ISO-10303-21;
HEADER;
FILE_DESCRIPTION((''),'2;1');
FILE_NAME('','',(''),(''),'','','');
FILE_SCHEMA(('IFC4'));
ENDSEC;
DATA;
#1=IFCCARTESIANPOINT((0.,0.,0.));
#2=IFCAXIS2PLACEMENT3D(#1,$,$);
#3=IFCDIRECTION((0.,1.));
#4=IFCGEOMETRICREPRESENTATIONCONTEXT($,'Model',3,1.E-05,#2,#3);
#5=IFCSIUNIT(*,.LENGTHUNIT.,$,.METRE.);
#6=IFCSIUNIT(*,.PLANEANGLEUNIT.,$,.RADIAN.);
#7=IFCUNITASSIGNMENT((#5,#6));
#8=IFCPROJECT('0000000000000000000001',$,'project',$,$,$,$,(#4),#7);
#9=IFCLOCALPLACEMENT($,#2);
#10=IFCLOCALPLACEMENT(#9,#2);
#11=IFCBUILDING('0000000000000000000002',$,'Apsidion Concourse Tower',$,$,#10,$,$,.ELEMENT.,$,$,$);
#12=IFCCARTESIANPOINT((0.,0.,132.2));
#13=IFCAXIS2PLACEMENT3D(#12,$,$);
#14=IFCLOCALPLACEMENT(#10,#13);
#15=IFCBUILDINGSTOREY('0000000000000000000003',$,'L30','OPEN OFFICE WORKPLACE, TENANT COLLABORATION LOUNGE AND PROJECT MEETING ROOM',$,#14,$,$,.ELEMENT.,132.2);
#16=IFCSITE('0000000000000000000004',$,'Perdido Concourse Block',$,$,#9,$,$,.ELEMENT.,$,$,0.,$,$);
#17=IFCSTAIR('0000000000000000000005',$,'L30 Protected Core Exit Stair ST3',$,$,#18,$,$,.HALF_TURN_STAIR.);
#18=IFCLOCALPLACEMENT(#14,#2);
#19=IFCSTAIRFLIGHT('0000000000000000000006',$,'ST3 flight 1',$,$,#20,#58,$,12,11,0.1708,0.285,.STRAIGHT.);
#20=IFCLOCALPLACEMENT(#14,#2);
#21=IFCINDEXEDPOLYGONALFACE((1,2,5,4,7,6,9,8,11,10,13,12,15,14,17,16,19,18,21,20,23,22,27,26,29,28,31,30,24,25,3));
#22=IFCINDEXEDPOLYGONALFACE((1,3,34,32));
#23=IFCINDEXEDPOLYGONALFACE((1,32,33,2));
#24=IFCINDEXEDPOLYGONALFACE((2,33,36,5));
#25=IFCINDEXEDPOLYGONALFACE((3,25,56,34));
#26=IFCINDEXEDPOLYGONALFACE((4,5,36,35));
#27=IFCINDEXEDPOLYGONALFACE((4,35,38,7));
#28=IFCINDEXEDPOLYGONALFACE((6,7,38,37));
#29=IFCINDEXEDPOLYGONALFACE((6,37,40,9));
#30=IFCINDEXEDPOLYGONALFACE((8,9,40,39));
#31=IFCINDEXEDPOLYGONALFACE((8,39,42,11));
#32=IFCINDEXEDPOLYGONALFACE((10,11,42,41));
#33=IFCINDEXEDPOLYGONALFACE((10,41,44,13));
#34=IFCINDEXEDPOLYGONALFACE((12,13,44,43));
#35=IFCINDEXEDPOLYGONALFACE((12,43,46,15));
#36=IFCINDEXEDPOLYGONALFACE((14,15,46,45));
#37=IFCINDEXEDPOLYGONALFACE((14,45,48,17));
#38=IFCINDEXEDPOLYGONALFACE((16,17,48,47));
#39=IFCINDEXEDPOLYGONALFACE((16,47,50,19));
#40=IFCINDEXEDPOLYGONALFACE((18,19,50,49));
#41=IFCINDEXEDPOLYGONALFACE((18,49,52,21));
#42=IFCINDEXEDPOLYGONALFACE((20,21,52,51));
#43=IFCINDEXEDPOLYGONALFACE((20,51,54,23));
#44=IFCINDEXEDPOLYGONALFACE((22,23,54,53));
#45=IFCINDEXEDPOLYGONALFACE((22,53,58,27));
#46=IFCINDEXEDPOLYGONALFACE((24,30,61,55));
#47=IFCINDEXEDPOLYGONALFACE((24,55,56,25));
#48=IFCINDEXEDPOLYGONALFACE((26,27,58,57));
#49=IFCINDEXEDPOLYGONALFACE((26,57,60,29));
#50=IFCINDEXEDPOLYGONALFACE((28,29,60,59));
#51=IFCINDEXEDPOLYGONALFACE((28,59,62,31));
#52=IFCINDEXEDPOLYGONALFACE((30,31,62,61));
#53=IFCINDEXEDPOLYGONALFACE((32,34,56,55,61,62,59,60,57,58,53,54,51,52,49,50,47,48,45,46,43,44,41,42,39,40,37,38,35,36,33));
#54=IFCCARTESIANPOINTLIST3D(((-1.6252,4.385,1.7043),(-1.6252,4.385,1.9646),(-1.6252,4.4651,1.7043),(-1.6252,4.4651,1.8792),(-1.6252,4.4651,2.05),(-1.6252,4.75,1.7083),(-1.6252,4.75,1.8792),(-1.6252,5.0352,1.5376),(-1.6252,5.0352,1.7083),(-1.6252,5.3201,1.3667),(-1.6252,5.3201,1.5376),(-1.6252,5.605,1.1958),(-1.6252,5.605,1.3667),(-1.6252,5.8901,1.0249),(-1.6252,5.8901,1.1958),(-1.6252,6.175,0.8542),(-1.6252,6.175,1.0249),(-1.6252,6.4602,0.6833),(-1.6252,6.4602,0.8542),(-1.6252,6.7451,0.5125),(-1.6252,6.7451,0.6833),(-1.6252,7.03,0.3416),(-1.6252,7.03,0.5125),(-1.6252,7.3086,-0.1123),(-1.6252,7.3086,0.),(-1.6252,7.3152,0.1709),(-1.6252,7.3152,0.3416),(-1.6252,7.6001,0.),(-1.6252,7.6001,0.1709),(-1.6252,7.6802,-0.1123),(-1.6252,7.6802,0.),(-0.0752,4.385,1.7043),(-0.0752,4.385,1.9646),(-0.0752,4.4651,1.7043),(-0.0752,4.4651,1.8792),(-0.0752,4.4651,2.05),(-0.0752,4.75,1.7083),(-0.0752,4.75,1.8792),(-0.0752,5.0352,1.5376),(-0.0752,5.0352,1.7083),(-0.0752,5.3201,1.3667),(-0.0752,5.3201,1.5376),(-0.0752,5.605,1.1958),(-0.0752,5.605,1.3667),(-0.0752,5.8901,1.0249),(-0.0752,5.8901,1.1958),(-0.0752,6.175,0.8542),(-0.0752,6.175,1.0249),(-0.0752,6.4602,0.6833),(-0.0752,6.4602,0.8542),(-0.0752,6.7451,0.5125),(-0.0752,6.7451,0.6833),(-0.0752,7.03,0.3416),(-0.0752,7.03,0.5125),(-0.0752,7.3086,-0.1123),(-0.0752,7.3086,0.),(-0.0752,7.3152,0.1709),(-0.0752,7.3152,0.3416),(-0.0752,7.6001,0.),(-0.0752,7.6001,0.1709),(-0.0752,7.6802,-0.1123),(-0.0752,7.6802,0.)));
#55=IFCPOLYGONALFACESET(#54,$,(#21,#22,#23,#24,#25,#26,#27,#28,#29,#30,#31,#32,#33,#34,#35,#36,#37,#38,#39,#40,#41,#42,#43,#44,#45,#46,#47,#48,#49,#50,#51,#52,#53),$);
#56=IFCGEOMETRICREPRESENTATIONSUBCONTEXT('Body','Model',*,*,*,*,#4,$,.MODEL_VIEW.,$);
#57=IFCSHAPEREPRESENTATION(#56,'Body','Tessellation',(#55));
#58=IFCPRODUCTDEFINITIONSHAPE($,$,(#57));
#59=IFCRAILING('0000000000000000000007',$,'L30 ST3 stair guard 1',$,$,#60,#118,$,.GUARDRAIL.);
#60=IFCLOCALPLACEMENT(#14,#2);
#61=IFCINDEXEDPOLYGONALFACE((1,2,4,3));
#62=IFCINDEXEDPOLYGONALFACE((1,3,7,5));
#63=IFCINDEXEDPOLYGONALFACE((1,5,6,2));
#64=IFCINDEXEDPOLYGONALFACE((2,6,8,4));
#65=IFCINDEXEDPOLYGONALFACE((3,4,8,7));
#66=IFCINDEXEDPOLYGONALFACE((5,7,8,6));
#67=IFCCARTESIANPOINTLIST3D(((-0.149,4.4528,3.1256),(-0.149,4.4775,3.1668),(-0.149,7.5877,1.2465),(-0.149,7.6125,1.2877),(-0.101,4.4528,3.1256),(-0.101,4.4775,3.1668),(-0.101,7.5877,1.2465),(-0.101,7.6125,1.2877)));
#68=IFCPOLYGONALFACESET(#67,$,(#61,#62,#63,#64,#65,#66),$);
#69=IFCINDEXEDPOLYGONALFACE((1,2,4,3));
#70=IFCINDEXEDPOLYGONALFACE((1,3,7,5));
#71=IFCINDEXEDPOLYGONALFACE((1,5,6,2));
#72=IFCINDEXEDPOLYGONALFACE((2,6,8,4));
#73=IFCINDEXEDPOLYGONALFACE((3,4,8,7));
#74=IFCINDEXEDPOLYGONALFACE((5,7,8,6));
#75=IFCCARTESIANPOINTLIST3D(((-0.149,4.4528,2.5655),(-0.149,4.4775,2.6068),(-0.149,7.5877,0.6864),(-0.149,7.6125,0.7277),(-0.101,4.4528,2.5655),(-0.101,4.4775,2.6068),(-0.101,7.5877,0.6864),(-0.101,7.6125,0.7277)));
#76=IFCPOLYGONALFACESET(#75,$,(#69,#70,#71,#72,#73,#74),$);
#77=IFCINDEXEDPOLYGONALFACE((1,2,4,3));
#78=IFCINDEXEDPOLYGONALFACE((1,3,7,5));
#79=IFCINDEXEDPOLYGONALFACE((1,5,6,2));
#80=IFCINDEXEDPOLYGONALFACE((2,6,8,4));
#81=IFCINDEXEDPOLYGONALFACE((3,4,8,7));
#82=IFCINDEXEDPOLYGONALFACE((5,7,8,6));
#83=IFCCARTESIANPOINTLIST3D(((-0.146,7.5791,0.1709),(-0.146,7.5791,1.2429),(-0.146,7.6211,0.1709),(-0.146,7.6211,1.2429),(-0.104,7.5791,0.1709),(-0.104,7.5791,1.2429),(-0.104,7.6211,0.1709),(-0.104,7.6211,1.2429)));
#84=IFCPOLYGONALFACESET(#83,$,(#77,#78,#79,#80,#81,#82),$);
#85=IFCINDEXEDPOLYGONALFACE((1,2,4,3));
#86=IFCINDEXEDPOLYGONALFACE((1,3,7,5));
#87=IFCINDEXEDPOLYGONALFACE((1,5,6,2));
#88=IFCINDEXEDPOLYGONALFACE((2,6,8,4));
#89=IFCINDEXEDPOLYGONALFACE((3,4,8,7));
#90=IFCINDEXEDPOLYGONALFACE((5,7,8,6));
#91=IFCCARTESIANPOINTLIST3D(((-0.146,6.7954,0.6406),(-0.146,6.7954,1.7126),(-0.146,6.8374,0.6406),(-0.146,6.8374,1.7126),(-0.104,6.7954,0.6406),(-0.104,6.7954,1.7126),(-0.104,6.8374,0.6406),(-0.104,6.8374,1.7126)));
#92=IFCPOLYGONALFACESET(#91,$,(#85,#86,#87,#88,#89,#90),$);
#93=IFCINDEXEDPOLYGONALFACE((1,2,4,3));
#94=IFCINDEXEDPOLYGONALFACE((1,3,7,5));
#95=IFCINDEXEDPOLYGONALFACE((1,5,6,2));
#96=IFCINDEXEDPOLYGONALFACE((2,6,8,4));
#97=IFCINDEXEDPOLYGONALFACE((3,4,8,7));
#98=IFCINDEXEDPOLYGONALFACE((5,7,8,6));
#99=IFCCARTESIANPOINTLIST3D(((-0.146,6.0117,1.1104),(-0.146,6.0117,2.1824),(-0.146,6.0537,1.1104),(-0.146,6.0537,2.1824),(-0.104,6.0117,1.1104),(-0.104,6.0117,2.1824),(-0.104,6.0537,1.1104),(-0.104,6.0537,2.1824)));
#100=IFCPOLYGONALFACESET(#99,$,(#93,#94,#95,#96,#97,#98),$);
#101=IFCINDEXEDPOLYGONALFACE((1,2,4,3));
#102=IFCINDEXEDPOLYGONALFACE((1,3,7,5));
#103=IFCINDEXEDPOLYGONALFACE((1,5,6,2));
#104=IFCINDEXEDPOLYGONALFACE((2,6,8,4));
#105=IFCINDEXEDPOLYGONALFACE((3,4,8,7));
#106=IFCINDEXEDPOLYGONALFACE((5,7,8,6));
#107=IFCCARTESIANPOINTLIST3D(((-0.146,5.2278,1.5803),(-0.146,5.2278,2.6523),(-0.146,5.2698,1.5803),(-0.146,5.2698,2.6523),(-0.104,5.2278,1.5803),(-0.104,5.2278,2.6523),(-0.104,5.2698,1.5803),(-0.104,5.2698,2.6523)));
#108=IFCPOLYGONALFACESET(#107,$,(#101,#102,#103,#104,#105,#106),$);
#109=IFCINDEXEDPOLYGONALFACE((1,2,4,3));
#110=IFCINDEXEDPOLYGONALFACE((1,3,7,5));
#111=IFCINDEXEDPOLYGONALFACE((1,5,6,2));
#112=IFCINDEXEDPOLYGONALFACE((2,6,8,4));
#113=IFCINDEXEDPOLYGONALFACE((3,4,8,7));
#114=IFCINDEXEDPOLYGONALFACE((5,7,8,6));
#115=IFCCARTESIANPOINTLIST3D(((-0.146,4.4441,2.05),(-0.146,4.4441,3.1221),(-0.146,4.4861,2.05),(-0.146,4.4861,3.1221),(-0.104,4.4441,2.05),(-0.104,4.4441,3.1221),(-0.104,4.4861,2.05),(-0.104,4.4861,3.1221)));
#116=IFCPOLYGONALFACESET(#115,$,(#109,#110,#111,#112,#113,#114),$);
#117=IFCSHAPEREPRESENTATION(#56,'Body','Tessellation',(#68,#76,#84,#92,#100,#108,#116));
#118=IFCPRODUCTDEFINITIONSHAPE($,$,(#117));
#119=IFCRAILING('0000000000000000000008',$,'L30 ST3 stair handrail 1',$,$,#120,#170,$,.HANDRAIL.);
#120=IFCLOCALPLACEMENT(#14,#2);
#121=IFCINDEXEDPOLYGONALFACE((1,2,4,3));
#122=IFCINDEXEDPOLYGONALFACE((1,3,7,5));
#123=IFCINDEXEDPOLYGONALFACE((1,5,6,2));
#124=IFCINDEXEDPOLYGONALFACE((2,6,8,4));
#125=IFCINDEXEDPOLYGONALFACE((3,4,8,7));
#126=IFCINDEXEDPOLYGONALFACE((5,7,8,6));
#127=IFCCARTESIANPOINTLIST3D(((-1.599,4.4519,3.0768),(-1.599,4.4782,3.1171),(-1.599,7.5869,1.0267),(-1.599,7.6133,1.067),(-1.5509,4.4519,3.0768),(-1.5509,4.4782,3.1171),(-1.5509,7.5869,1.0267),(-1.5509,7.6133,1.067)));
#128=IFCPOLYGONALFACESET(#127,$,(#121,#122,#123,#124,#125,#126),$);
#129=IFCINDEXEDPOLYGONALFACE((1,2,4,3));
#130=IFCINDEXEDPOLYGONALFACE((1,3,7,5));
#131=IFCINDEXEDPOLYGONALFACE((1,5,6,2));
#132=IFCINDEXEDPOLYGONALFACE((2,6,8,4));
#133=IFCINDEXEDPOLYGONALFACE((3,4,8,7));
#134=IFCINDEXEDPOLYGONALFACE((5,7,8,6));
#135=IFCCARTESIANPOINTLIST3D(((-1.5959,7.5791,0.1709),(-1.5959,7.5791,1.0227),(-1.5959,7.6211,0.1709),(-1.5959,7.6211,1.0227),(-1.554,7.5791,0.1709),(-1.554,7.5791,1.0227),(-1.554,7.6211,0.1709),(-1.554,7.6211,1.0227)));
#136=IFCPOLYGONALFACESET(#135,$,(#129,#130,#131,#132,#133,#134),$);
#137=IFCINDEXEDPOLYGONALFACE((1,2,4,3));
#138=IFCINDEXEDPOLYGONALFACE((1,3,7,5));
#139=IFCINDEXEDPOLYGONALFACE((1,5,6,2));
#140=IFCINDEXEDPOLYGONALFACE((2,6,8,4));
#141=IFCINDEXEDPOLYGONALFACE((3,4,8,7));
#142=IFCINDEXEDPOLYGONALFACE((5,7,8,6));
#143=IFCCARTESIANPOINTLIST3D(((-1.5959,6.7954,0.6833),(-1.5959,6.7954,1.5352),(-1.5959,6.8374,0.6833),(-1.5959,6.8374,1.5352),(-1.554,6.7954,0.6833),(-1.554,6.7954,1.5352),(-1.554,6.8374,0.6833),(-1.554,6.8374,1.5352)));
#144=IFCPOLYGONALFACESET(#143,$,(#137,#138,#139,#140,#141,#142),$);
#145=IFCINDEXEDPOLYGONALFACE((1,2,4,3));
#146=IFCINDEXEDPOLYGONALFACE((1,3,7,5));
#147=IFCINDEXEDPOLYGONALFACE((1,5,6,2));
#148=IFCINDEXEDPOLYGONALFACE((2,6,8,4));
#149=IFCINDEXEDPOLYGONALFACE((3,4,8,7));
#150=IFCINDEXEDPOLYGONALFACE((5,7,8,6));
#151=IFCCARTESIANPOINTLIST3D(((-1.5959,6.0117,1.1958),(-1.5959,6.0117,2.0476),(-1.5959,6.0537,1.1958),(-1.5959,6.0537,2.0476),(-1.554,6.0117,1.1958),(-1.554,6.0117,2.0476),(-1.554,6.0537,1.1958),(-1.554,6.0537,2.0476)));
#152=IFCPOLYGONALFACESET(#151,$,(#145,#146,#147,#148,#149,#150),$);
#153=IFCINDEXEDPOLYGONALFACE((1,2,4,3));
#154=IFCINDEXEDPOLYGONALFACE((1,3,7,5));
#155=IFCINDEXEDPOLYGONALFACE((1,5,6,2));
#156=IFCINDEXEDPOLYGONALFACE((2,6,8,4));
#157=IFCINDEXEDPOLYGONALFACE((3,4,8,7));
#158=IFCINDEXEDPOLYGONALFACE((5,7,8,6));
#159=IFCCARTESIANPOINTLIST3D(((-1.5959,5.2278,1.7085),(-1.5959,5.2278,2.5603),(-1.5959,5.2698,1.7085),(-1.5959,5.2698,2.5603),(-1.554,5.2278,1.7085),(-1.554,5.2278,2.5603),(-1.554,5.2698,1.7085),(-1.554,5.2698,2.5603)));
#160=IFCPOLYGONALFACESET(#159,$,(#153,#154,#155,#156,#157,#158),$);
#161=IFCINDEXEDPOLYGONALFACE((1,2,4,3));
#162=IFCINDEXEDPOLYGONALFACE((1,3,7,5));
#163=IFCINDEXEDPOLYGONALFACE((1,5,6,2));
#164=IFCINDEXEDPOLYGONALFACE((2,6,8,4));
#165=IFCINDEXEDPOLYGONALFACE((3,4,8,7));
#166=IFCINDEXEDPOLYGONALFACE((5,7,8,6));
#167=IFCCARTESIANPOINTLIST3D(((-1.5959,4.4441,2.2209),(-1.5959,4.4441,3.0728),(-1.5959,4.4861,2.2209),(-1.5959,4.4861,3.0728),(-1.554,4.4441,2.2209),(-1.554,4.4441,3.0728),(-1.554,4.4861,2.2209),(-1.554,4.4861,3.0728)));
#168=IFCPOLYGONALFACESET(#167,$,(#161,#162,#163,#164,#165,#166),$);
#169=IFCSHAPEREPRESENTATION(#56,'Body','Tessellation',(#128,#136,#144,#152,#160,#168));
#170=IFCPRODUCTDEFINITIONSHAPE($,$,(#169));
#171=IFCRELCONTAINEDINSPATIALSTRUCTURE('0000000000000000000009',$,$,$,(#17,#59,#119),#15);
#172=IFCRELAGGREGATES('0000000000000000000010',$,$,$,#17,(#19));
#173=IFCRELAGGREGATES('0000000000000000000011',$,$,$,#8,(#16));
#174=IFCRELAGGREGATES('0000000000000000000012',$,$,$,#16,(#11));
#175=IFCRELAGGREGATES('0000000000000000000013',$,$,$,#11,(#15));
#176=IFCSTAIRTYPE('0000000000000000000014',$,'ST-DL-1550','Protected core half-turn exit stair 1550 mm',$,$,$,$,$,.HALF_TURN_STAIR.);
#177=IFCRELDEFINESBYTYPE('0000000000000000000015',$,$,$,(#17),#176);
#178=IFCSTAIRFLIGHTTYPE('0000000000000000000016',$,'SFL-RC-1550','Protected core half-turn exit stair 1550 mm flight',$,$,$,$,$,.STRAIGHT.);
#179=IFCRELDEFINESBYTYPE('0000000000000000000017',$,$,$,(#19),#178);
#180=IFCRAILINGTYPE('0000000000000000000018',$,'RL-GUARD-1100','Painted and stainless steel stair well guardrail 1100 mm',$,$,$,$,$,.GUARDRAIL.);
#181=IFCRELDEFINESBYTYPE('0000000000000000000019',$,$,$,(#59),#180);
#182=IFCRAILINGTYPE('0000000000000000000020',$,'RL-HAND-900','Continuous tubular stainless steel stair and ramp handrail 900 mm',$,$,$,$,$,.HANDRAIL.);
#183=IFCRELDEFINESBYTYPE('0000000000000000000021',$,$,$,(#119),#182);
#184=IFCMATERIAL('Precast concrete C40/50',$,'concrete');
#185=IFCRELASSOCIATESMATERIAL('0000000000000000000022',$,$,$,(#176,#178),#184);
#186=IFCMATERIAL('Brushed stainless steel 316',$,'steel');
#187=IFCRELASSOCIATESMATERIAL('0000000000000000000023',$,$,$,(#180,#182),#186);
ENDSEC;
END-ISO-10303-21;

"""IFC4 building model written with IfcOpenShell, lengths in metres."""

from ifc_helpers import new_model, si_unit, direction, frame, origin, origin_2d, place, context, subcontext, project, spatial, polyline, rectangle, outline, extrude, material, type_object, element, aggregate, save


model = new_model("IFC4")

# Units and contexts
model_context = context("Model", 3, precision=1e-05, world=origin(), true_north=direction((0.0, 1.0)))
body_context = subcontext(model_context, "Body", "Model", "MODEL_VIEW")
ifc_project = project(units=[si_unit("LENGTHUNIT", "METRE"), si_unit("PLANEANGLEUNIT", "RADIAN")], contexts=[model_context])

# Site, building, storey
site_placement = place(None, origin())
site = spatial("IfcSite", under=ifc_project, at=site_placement, Name="Perdido Concourse Block", CompositionType="ELEMENT", RefElevation=0.0)
building_placement = place(site_placement, origin())
building = spatial("IfcBuilding", under=site, at=building_placement, Name="Apsidion Concourse Tower", CompositionType="ELEMENT")
storey_placement = place(building_placement, frame((0.0, 0.0, 132.2)))
storey = spatial("IfcBuildingStorey", under=building, at=storey_placement, Name="L30", Description="OPEN OFFICE WORKPLACE, TENANT COLLABORATION LOUNGE AND PROJECT MEETING ROOM", CompositionType="ELEMENT", Elevation=132.2)

# Shared definitions
ifc_material_1 = material(Name="Brushed stainless steel 316", Category="steel")

# Stair, stair flight
ifc_material_2 = material(Name="Precast concrete C40/50", Category="concrete")
stair_type = type_object("IfcStairType", Name="ST-DL-1550", Description="Protected core half-turn exit stair 1550 mm", PredefinedType="HALF_TURN_STAIR", material=ifc_material_2)
stair_placement = place(storey_placement, origin())
stair = element("IfcStair", 1, at=stair_placement, inside=storey, type_object=stair_type, Name="L30 Protected Core Exit Stair ST3", PredefinedType="HALF_TURN_STAIR")
stair_flight_type = type_object("IfcStairFlightType", Name="SFL-RC-1550", Description="Protected core half-turn exit stair 1550 mm flight", PredefinedType="STRAIGHT", material=ifc_material_2)
stair_flight_placement = place(storey_placement, frame((-0.8501, 7.6001, 0.0), z_axis=(0.0, 0.0, 1.0), x_axis=(0.0, -1.0, 0.0)))
stair_flight = element("IfcStairFlight", 2, at=stair_flight_placement, type_object=stair_flight_type, Name="ST3 flight 1", NumberOfRisers=12, NumberOfTreads=11, PredefinedType="STRAIGHT", RiserHeight=0.1708, TreadLength=0.285, context=body_context, shape_type="SweptSolid", body=[
    extrude(outline(polyline([(-0.0801, -0.1123), (-0.0801, 0.0), (0.0, 0.0), (0.0, 0.1709), (0.2849, 0.1709), (0.2849, 0.3416), (0.5701, 0.3416), (0.5701, 0.5125), (0.855, 0.5125), (0.855, 0.6833), (1.1399, 0.6833), (1.1399, 0.8542), (1.425, 0.8542), (1.425, 1.0249), (1.71, 1.0249), (1.71, 1.1958), (1.9951, 1.1958), (1.9951, 1.3667), (2.28, 1.3667), (2.28, 1.5376), (2.5649, 1.5376), (2.5649, 1.7083), (2.8501, 1.7083), (2.8501, 1.8792), (3.135, 1.8792), (3.135, 2.05), (3.2151, 1.9646), (3.2151, 1.7043), (3.135, 1.7043), (0.2915, 0.0), (0.2915, -0.1123), (-0.0801, -0.1123)])), frame((0.0, 0.7749, 0.0), z_axis=(0.0, -1.0, 0.0), x_axis=(1.0, 0.0, 0.0)), (0.0, 0.0, 1.0), 1.55),
])
aggregate(stair, [stair_flight])

# Railings
railing_type_1 = type_object("IfcRailingType", Name="RL-GUARD-1100", Description="Painted and stainless steel stair well guardrail 1100 mm", PredefinedType="GUARDRAIL", material=ifc_material_1)
railing_1_placement = place(storey_placement, frame((-0.125, 7.6001, 0.1709)))
element("IfcRailing", 3, at=railing_1_placement, inside=storey, type_object=railing_type_1, Name="L30 ST3 stair guard 1", PredefinedType="GUARDRAIL", context=body_context, shape_type="SweptSolid", body=[
    extrude(rectangle(XDim=0.0481, YDim=0.0481, at=origin_2d()), frame((0.0, 0.0, 1.0962), z_axis=(0.0, -0.857717, 0.514122), x_axis=(1.0, 0.0, 0.0)), (0.0, 0.0, 1.0), 3.655),
    extrude(rectangle(XDim=0.0481, YDim=0.0481, at=origin_2d()), frame((0.0, 0.0, 0.5361), z_axis=(0.0, -0.857717, 0.514122), x_axis=(1.0, 0.0, 0.0)), (0.0, 0.0, 1.0), 3.655),
    extrude(rectangle(XDim=0.042, YDim=0.042, at=origin_2d()), origin(), (0.0, 0.0, 1.0), 1.072),
    extrude(rectangle(XDim=0.042, YDim=0.042, at=origin_2d()), frame((0.0, -0.7837, 0.4697)), (0.0, 0.0, 1.0), 1.072),
    extrude(rectangle(XDim=0.042, YDim=0.042, at=origin_2d()), frame((0.0, -1.5674, 0.9395)), (0.0, 0.0, 1.0), 1.072),
    extrude(rectangle(XDim=0.042, YDim=0.042, at=origin_2d()), frame((0.0, -2.3513, 1.4094)), (0.0, 0.0, 1.0), 1.072),
    extrude(rectangle(XDim=0.042, YDim=0.042, at=origin_2d()), frame((0.0, -3.135, 1.8792)), (0.0, 0.0, 1.0), 1.072),
])
railing_type_2 = type_object("IfcRailingType", Name="RL-HAND-900", Description="Continuous tubular stainless steel stair and ramp handrail 900 mm", PredefinedType="HANDRAIL", material=ifc_material_1)
railing_2_placement = place(storey_placement, frame((-1.575, 7.6001, 0.1709)))
element("IfcRailing", 4, at=railing_2_placement, inside=storey, type_object=railing_type_2, Name="L30 ST3 stair handrail 1", PredefinedType="HANDRAIL", context=body_context, shape_type="SweptSolid", body=[
    extrude(rectangle(XDim=0.0481, YDim=0.0481, at=origin_2d()), frame((0.0, 0.0, 0.876), z_axis=(0.0, -0.836941, 0.547293), x_axis=(1.0, 0.0, 0.0)), (0.0, 0.0, 1.0), 3.7458),
    extrude(rectangle(XDim=0.042, YDim=0.042, at=origin_2d()), origin(), (0.0, 0.0, 1.0), 0.8518),
    extrude(rectangle(XDim=0.042, YDim=0.042, at=origin_2d()), frame((0.0, -0.7837, 0.5125)), (0.0, 0.0, 1.0), 0.8518),
    extrude(rectangle(XDim=0.042, YDim=0.042, at=origin_2d()), frame((0.0, -1.5674, 1.0249)), (0.0, 0.0, 1.0), 0.8518),
    extrude(rectangle(XDim=0.042, YDim=0.042, at=origin_2d()), frame((0.0, -2.3513, 1.5376)), (0.0, 0.0, 1.0), 0.8518),
    extrude(rectangle(XDim=0.042, YDim=0.042, at=origin_2d()), frame((0.0, -3.135, 2.05)), (0.0, 0.0, 1.0), 0.8518),
])

save(model, "model.ifc")
